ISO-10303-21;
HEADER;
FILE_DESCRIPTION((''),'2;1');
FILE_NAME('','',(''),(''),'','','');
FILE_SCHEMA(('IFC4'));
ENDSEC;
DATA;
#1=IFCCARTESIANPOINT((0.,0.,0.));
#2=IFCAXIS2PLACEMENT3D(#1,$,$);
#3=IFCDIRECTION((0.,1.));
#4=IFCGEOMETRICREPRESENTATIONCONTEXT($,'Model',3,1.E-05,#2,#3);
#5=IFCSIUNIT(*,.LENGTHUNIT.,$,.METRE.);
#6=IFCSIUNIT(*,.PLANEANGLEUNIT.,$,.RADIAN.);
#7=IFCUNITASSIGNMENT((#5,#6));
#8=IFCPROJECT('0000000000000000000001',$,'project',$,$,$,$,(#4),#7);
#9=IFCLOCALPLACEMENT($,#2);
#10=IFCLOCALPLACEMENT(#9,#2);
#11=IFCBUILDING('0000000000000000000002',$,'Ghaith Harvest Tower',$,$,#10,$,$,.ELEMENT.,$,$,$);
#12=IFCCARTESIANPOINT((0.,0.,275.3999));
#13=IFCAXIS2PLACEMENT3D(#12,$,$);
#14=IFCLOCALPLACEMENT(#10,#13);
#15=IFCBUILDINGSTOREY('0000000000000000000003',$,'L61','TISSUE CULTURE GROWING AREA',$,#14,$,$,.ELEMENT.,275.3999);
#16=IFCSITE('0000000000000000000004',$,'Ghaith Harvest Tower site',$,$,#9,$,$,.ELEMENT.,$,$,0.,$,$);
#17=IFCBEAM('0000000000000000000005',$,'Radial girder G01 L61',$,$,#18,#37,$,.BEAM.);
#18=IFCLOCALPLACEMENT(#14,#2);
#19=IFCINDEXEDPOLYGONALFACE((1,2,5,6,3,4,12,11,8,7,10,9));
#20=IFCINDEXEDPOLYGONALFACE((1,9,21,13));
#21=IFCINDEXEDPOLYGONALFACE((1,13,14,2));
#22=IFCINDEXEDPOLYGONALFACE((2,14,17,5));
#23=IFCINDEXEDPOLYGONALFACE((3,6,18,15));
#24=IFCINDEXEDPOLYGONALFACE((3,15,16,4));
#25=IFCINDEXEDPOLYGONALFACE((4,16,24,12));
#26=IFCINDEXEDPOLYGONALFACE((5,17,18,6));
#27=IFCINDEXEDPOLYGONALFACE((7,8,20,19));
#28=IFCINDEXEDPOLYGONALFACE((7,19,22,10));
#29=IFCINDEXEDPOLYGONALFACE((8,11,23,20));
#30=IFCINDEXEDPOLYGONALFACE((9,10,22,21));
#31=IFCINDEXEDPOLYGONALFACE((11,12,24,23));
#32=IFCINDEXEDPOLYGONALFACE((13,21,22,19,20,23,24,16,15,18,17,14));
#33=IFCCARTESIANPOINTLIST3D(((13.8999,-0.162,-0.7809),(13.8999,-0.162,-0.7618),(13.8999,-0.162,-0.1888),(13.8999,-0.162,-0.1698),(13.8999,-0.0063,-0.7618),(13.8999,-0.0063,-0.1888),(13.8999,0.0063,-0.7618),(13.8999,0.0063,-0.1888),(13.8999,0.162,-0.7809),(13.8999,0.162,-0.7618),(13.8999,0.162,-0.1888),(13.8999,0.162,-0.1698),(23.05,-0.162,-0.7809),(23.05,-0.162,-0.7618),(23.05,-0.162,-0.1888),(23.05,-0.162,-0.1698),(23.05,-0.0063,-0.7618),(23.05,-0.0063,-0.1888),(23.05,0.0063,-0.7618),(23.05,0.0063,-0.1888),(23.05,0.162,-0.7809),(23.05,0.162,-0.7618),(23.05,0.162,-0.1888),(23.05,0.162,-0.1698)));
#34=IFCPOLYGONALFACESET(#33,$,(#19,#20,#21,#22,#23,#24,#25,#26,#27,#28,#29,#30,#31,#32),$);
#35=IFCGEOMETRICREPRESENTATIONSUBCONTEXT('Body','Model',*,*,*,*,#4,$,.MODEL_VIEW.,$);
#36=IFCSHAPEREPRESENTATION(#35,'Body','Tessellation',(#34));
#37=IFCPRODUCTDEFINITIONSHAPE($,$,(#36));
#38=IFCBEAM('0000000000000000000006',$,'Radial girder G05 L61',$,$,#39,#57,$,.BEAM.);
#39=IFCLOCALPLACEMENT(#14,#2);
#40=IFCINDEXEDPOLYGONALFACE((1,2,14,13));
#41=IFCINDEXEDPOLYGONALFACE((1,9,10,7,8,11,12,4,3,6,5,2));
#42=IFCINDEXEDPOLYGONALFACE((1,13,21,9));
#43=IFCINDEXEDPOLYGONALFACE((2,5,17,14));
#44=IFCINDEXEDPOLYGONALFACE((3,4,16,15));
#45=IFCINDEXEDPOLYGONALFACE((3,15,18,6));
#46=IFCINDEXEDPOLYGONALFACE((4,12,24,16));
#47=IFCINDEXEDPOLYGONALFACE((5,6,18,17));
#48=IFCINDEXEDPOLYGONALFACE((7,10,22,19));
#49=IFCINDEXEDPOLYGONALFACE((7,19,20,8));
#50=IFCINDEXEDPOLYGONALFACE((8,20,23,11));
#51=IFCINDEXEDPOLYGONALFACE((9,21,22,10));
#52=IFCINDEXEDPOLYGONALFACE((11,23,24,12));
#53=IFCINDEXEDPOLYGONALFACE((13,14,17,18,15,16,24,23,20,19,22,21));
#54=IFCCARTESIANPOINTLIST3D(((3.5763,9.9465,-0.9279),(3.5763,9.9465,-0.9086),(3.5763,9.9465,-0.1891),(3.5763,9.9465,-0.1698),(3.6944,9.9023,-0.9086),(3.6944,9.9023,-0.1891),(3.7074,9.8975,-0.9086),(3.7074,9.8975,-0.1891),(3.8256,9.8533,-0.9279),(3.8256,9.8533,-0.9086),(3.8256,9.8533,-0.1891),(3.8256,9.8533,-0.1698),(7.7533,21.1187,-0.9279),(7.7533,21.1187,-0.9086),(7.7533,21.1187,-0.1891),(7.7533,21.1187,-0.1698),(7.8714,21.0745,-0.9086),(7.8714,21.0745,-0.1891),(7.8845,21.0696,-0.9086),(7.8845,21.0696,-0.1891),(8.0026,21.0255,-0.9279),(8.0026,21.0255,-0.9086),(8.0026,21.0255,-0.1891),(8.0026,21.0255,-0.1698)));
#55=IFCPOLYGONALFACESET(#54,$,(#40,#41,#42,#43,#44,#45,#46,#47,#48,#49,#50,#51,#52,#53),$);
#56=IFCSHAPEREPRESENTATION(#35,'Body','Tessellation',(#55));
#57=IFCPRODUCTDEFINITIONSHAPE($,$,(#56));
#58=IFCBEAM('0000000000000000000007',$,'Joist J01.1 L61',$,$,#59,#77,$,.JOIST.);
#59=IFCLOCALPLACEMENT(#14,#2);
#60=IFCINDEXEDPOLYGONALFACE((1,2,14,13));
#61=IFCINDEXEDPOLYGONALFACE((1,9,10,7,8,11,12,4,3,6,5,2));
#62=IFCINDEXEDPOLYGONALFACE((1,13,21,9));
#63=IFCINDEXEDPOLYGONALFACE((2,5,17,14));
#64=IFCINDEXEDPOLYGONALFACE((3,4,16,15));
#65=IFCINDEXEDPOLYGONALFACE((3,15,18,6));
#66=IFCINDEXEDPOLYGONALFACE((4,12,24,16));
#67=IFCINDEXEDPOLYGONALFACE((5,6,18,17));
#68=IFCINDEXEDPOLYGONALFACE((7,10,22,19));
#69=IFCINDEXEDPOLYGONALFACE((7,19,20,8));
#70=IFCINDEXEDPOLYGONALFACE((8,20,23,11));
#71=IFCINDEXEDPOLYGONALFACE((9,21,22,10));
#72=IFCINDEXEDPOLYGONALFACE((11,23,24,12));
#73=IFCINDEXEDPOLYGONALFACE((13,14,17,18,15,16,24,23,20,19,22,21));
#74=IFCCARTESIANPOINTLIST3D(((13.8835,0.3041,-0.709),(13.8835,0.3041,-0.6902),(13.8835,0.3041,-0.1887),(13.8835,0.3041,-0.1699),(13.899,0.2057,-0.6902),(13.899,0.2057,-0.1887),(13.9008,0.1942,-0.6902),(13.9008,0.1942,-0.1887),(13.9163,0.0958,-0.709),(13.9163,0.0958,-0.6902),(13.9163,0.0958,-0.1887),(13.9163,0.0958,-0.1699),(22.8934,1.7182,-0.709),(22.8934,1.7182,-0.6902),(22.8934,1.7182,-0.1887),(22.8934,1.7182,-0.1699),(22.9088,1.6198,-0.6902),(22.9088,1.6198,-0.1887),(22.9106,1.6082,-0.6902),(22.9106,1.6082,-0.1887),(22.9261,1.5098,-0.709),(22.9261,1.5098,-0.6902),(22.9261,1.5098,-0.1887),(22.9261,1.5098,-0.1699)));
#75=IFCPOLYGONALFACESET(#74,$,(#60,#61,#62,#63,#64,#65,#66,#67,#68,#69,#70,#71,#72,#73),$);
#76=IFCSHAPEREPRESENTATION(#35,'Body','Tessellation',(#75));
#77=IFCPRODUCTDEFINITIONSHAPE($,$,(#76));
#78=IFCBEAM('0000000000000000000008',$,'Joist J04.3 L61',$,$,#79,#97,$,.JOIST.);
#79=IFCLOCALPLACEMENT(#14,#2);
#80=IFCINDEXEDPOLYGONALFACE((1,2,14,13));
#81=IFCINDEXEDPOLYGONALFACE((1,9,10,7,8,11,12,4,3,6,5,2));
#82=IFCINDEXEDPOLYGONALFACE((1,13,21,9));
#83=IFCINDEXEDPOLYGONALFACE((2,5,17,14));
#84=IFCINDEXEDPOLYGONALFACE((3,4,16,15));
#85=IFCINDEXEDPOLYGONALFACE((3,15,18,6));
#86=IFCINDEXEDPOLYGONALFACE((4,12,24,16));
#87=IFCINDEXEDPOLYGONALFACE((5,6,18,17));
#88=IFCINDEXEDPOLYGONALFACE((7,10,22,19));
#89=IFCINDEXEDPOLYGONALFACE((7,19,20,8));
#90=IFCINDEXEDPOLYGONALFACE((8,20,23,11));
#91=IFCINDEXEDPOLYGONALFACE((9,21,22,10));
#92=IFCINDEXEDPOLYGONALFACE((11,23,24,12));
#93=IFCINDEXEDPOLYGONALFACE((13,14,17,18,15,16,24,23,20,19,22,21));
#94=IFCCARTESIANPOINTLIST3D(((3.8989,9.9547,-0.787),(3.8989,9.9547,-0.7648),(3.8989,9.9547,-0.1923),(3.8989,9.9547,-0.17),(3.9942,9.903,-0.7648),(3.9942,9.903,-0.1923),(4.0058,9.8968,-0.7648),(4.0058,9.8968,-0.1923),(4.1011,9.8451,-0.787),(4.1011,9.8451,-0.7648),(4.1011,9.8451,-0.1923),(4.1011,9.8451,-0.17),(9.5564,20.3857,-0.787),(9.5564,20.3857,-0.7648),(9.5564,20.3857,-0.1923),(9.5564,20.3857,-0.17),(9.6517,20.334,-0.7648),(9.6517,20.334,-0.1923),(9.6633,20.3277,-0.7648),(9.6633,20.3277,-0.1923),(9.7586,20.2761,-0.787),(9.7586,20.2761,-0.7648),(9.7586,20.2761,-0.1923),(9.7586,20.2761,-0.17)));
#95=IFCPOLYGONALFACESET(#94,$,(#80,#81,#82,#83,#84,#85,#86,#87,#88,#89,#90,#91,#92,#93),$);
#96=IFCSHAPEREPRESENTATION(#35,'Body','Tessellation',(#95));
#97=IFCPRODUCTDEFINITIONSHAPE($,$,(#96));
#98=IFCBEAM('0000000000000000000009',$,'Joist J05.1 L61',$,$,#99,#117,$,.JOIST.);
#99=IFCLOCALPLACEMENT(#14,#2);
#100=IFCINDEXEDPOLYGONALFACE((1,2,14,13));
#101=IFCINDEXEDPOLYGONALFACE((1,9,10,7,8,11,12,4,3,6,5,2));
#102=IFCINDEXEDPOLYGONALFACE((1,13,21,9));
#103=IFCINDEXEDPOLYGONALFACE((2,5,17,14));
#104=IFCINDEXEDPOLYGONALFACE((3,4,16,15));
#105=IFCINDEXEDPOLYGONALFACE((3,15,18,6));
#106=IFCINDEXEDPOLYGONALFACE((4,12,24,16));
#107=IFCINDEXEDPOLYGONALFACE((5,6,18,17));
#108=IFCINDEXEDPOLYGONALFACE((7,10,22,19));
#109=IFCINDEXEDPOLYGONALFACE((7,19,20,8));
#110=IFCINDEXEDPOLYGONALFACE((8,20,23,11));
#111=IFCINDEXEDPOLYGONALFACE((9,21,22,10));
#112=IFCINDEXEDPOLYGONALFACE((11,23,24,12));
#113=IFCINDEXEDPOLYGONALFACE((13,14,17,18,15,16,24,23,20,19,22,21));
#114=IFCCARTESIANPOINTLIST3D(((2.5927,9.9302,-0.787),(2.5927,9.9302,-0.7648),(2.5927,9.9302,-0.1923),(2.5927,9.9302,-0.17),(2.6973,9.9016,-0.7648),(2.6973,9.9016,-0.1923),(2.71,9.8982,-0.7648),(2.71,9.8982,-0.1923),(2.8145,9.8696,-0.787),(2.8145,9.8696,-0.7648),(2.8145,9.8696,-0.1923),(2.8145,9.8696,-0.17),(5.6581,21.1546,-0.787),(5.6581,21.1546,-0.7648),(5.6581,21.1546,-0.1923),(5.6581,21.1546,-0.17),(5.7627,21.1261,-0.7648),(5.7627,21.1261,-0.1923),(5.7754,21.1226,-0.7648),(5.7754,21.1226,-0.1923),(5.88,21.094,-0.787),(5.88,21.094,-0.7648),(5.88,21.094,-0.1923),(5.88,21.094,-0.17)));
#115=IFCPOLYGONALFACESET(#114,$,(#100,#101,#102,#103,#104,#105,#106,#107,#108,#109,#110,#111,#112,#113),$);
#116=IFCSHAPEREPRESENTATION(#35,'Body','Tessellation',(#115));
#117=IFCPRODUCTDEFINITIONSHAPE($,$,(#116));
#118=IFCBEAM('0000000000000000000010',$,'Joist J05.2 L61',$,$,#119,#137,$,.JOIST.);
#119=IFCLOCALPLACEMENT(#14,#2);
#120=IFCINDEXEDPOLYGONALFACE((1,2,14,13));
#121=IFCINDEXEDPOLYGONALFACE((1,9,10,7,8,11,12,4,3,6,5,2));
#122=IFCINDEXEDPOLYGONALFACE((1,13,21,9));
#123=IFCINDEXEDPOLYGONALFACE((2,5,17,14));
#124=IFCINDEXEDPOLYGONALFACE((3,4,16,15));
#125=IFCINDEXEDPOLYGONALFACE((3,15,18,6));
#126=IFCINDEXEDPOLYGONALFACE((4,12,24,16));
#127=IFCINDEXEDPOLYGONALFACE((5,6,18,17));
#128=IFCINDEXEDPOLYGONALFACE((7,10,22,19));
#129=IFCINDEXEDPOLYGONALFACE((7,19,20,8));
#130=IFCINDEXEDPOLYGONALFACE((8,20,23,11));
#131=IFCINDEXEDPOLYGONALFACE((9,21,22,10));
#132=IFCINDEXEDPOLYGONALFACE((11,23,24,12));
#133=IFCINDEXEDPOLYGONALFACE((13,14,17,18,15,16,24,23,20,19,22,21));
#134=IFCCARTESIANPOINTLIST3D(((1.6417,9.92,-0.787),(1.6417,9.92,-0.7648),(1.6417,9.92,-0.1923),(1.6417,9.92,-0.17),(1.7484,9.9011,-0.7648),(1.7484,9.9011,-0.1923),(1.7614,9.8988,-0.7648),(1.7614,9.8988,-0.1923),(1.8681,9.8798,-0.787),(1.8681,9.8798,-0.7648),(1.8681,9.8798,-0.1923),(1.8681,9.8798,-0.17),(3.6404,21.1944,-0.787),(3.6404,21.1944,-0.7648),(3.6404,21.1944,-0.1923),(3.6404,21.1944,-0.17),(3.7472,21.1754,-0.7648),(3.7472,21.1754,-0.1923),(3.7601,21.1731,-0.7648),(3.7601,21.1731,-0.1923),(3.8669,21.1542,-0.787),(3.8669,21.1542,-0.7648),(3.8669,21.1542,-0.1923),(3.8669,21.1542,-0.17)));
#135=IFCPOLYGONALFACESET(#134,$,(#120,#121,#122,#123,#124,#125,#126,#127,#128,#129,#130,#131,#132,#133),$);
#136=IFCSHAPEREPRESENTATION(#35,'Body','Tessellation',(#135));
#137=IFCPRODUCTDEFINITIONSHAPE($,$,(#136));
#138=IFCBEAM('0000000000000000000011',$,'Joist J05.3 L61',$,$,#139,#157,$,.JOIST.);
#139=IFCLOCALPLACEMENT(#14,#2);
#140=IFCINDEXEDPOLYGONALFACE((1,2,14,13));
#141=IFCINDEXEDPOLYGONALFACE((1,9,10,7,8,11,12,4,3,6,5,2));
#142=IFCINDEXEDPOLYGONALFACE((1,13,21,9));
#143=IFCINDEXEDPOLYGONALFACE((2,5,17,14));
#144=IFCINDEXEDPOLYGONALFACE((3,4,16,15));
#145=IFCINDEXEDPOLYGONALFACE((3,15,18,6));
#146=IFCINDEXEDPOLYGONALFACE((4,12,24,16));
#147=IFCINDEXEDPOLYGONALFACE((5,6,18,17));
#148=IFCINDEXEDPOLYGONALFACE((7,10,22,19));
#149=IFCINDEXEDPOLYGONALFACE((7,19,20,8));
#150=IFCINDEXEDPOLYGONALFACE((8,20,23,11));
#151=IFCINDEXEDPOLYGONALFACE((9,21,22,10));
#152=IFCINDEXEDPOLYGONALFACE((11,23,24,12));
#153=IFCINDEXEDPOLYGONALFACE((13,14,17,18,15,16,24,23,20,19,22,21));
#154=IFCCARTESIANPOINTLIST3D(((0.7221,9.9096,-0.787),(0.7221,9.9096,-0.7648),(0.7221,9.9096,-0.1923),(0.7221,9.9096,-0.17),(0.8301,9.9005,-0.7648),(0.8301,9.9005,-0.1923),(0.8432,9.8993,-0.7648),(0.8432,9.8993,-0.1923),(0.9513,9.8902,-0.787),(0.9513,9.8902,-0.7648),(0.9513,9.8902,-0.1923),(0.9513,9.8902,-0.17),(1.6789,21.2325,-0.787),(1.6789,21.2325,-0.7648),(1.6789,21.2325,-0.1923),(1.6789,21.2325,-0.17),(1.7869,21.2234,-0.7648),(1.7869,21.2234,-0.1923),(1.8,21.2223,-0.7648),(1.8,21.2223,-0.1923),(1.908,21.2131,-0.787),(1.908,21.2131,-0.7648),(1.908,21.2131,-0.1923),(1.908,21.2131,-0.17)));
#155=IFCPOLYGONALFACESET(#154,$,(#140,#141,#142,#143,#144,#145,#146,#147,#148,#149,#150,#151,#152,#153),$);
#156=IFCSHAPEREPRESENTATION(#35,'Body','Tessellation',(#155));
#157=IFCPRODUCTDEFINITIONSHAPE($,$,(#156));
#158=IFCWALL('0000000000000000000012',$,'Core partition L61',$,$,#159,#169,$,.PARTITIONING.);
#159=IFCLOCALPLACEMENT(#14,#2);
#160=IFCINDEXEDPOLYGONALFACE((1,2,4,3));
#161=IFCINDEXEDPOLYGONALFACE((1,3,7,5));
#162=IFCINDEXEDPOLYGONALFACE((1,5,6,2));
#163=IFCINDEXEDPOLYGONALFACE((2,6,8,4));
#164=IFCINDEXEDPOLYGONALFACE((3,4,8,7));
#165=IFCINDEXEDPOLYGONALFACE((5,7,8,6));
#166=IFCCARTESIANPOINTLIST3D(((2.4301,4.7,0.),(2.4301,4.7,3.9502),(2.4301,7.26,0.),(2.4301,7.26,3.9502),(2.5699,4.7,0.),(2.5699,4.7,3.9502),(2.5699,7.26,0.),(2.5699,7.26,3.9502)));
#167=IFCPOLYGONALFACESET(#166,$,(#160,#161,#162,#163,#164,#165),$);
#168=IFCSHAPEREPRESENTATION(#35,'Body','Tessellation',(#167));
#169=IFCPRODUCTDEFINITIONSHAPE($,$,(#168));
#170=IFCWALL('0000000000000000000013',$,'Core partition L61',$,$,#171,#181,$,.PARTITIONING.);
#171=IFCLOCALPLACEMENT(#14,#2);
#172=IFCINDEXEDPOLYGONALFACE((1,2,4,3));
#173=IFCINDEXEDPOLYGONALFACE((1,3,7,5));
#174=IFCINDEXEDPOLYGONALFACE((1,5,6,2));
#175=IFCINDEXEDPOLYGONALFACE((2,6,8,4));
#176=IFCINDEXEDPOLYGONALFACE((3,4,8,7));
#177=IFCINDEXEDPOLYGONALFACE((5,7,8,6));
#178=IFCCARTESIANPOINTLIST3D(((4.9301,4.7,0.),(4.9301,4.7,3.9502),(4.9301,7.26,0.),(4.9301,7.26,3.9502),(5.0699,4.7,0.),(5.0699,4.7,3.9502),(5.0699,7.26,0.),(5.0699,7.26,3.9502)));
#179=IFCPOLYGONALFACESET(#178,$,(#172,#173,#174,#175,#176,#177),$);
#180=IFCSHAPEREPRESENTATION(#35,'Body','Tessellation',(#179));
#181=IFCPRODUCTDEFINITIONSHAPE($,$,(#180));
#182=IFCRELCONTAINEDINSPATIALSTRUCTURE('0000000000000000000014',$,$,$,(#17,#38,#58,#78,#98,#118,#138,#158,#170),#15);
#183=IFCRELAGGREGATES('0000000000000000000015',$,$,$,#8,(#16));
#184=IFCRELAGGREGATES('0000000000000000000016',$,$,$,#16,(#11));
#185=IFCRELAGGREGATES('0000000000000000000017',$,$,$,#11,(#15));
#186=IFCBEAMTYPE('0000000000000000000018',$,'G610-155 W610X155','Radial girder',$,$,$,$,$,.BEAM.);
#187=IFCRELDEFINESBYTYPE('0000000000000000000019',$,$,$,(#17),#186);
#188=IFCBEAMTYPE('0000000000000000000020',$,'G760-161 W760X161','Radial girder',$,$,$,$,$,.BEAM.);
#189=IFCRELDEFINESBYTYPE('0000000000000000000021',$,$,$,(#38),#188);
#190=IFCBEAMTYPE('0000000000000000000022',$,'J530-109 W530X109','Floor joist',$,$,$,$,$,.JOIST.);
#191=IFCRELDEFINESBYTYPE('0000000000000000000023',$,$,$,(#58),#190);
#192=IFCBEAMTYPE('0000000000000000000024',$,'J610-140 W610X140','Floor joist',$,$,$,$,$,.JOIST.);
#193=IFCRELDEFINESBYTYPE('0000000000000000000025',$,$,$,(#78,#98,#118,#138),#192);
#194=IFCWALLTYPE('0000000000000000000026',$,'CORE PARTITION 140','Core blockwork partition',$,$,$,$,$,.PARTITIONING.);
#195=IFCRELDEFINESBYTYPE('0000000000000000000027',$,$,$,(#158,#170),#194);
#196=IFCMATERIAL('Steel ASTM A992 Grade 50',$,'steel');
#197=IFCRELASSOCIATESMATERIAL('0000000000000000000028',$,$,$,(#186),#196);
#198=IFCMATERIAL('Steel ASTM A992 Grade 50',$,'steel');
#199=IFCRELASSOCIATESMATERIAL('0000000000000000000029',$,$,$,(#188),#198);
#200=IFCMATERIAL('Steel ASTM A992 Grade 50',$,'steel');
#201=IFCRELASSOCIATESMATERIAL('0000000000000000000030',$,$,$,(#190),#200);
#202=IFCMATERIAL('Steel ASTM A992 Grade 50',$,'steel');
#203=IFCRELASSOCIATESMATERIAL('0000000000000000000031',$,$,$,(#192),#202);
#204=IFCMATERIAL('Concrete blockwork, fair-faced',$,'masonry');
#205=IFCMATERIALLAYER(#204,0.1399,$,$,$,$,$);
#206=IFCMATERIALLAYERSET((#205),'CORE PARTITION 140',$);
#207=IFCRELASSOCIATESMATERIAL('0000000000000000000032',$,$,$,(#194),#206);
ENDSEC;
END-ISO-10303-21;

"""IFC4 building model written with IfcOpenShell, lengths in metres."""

from ifc_helpers import new_model, si_unit, direction, frame, frame_2d, origin, origin_2d, place, context, subcontext, project, spatial, rectangle, i_section, extrude, material, layer, layer_set, material_profile, profile_set, type_object, element, save


model = new_model("IFC4")

# Units and contexts
model_context = context("Model", 3, precision=1e-05, world=origin(), true_north=direction((0.0, 1.0)))
body_context = subcontext(model_context, "Body", "Model", "MODEL_VIEW")
ifc_project = project(units=[si_unit("LENGTHUNIT", "METRE"), si_unit("PLANEANGLEUNIT", "RADIAN")], contexts=[model_context])

# Site, building, storey
site_placement = place(None, origin())
site = spatial("IfcSite", under=ifc_project, at=site_placement, Name="Ghaith Harvest Tower site", CompositionType="ELEMENT", RefElevation=0.0)
building_placement = place(site_placement, origin())
building = spatial("IfcBuilding", under=site, at=building_placement, Name="Ghaith Harvest Tower", CompositionType="ELEMENT")
storey_placement = place(building_placement, frame((0.0, 0.0, 275.3999)))
storey = spatial("IfcBuildingStorey", under=building, at=storey_placement, Name="L61", Description="TISSUE CULTURE GROWING AREA", CompositionType="ELEMENT", Elevation=275.3999)

# Beams
ifc_material_1 = material(Name="Steel ASTM A992 Grade 50", Category="steel")
ifc_material_profile_1 = material_profile(ifc_material_1, i_section(OverallWidth=0.324, OverallDepth=0.6111, WebThickness=0.0127, FlangeThickness=0.019, at=origin_2d()), Name="W610X155")
ifc_profile_set_1 = profile_set([ifc_material_profile_1], Name="Steel ASTM A992 Grade 50")
beam_type_1 = type_object("IfcBeamType", Name="G610-155 W610X155", Description="Radial girder", PredefinedType="BEAM", material=ifc_profile_set_1)
beam_1_placement = place(storey_placement, frame((13.8999, 0.0, -0.4753), z_axis=(1.0, 0.0, 0.0), x_axis=(0.0, 1.0, 0.0)))
element("IfcBeam", 1, at=beam_1_placement, inside=storey, type_object=beam_type_1, Name="Radial girder G01 L61", PredefinedType="BEAM", context=body_context, shape_type="SweptSolid", body=[
    extrude(i_section(OverallWidth=0.324, OverallDepth=0.6111, WebThickness=0.0127, FlangeThickness=0.019, at=origin_2d()), origin(), (0.0, 0.0, 1.0), 9.1501),
])
ifc_material_2 = material(Name="Steel ASTM A992 Grade 50", Category="steel")
ifc_material_profile_2 = material_profile(ifc_material_2, i_section(OverallWidth=0.2661, OverallDepth=0.7581, WebThickness=0.0139, FlangeThickness=0.0193, at=origin_2d()), Name="W760X161")
ifc_profile_set_2 = profile_set([ifc_material_profile_2], Name="Steel ASTM A992 Grade 50")
beam_type_2 = type_object("IfcBeamType", Name="G760-161 W760X161", Description="Radial girder", PredefinedType="BEAM", material=ifc_profile_set_2)
beam_2_placement = place(storey_placement, frame((3.7009, 9.8999, -0.5488), z_axis=(0.350201, 0.936674, 0.0), x_axis=(-0.936674, 0.350201, 0.0)))
element("IfcBeam", 2, at=beam_2_placement, inside=storey, type_object=beam_type_2, Name="Radial girder G05 L61", PredefinedType="BEAM", context=body_context, shape_type="SweptSolid", body=[
    extrude(i_section(OverallWidth=0.2661, OverallDepth=0.7581, WebThickness=0.0139, FlangeThickness=0.0193, at=origin_2d()), origin(), (0.0, 0.0, 1.0), 11.9275),
])
ifc_material_3 = material(Name="Steel ASTM A992 Grade 50", Category="steel")
ifc_material_profile_3 = material_profile(ifc_material_3, i_section(OverallWidth=0.2109, OverallDepth=0.5391, WebThickness=0.0117, FlangeThickness=0.0188, at=origin_2d()), Name="W530X109")
ifc_profile_set_3 = profile_set([ifc_material_profile_3], Name="Steel ASTM A992 Grade 50")
beam_type_3 = type_object("IfcBeamType", Name="J530-109 W530X109", Description="Floor joist", PredefinedType="JOIST", material=ifc_profile_set_3)
beam_3_placement = place(storey_placement, frame((13.8999, 0.2, -0.4395), z_axis=(0.987907, 0.15505, 0.0), x_axis=(-0.15505, 0.987907, 0.0)))
element("IfcBeam", 3, at=beam_3_placement, inside=storey, type_object=beam_type_3, Name="Joist J01.1 L61", PredefinedType="JOIST", context=body_context, shape_type="SweptSolid", body=[
    extrude(i_section(OverallWidth=0.2109, OverallDepth=0.5391, WebThickness=0.0117, FlangeThickness=0.0188, at=origin_2d()), origin(), (0.0, 0.0, 1.0), 9.1201),
])
ifc_material_4 = material(Name="Steel ASTM A992 Grade 50", Category="steel")
ifc_material_profile_4 = material_profile(ifc_material_4, i_section(OverallWidth=0.23, OverallDepth=0.6169, WebThickness=0.0132, FlangeThickness=0.0222, at=origin_2d()), Name="W610X140")
ifc_profile_set_4 = profile_set([ifc_material_profile_4], Name="Steel ASTM A992 Grade 50")
beam_type_4 = type_object("IfcBeamType", Name="J610-140 W610X140", Description="Floor joist", PredefinedType="JOIST", material=ifc_profile_set_4)
beam_4_placement = place(storey_placement, frame((4.0, 9.8999, -0.4785), z_axis=(0.476765, 0.879031, 0.0), x_axis=(-0.879031, 0.476765, 0.0)))
element("IfcBeam", 4, at=beam_4_placement, inside=storey, type_object=beam_type_4, Name="Joist J04.3 L61", PredefinedType="JOIST", context=body_context, shape_type="SweptSolid", body=[
    extrude(i_section(OverallWidth=0.23, OverallDepth=0.6169, WebThickness=0.0132, FlangeThickness=0.0222, at=origin_2d()), origin(), (0.0, 0.0, 1.0), 11.8665),
])
beam_5_placement = place(storey_placement, frame((2.7036, 9.8999, -0.4785), z_axis=(0.263456, 0.964671, 0.0), x_axis=(-0.964671, 0.263456, 0.0)))
element("IfcBeam", 5, at=beam_5_placement, inside=storey, type_object=beam_type_4, Name="Joist J05.1 L61", PredefinedType="JOIST", context=body_context, shape_type="SweptSolid", body=[
    extrude(i_section(OverallWidth=0.23, OverallDepth=0.6169, WebThickness=0.0132, FlangeThickness=0.0222, at=origin_2d()), origin(), (0.0, 0.0, 1.0), 11.6355),
])
beam_6_placement = place(storey_placement, frame((1.7549, 9.8999, -0.4785), z_axis=(0.174563, 0.984646, 0.0), x_axis=(-0.984646, 0.174563, 0.0)))
element("IfcBeam", 6, at=beam_6_placement, inside=storey, type_object=beam_type_4, Name="Joist J05.2 L61", PredefinedType="JOIST", context=body_context, shape_type="SweptSolid", body=[
    extrude(i_section(OverallWidth=0.23, OverallDepth=0.6169, WebThickness=0.0132, FlangeThickness=0.0222, at=origin_2d()), origin(), (0.0, 0.0, 1.0), 11.4502),
])
beam_7_placement = place(storey_placement, frame((0.8367, 9.8999, -0.4785), z_axis=(0.084199, 0.996449, 0.0), x_axis=(-0.996449, 0.084199, 0.0)))
element("IfcBeam", 7, at=beam_7_placement, inside=storey, type_object=beam_type_4, Name="Joist J05.3 L61", PredefinedType="JOIST", context=body_context, shape_type="SweptSolid", body=[
    extrude(i_section(OverallWidth=0.23, OverallDepth=0.6169, WebThickness=0.0132, FlangeThickness=0.0222, at=origin_2d()), origin(), (0.0, 0.0, 1.0), 11.3633),
])

# Walls
ifc_material_5 = material(Name="Concrete blockwork, fair-faced", Category="masonry")
ifc_layer_1 = layer(ifc_material_5, 0.1399)
ifc_layer_set_1 = layer_set([ifc_layer_1], Name="CORE PARTITION 140")
wall_type_1 = type_object("IfcWallType", Name="CORE PARTITION 140", Description="Core blockwork partition", PredefinedType="PARTITIONING", material=ifc_layer_set_1)
for number, where, z_axis, x_axis, name in (
    (8, (2.5, 4.7, 0.0), (0.0, 0.0, 1.0), (0.0, 1.0, 0.0), "Core partition L61"),
    (9, (5.0, 4.7, 0.0), (0.0, 0.0, 1.0), (0.0, 1.0, 0.0), "Core partition L61"),
):
    element("IfcWall", number, at=place(storey_placement, frame(where, z_axis=z_axis, x_axis=x_axis)), inside=storey, type_object=wall_type_1, Name=name, PredefinedType="PARTITIONING", context=body_context, shape_type="SweptSolid", body=[
        extrude(rectangle(XDim=2.5601, YDim=0.1399, at=frame_2d((1.28, 0.0))), origin(), (0.0, 0.0, 1.0), 3.9502),
    ])

save(model, "model.ifc")
